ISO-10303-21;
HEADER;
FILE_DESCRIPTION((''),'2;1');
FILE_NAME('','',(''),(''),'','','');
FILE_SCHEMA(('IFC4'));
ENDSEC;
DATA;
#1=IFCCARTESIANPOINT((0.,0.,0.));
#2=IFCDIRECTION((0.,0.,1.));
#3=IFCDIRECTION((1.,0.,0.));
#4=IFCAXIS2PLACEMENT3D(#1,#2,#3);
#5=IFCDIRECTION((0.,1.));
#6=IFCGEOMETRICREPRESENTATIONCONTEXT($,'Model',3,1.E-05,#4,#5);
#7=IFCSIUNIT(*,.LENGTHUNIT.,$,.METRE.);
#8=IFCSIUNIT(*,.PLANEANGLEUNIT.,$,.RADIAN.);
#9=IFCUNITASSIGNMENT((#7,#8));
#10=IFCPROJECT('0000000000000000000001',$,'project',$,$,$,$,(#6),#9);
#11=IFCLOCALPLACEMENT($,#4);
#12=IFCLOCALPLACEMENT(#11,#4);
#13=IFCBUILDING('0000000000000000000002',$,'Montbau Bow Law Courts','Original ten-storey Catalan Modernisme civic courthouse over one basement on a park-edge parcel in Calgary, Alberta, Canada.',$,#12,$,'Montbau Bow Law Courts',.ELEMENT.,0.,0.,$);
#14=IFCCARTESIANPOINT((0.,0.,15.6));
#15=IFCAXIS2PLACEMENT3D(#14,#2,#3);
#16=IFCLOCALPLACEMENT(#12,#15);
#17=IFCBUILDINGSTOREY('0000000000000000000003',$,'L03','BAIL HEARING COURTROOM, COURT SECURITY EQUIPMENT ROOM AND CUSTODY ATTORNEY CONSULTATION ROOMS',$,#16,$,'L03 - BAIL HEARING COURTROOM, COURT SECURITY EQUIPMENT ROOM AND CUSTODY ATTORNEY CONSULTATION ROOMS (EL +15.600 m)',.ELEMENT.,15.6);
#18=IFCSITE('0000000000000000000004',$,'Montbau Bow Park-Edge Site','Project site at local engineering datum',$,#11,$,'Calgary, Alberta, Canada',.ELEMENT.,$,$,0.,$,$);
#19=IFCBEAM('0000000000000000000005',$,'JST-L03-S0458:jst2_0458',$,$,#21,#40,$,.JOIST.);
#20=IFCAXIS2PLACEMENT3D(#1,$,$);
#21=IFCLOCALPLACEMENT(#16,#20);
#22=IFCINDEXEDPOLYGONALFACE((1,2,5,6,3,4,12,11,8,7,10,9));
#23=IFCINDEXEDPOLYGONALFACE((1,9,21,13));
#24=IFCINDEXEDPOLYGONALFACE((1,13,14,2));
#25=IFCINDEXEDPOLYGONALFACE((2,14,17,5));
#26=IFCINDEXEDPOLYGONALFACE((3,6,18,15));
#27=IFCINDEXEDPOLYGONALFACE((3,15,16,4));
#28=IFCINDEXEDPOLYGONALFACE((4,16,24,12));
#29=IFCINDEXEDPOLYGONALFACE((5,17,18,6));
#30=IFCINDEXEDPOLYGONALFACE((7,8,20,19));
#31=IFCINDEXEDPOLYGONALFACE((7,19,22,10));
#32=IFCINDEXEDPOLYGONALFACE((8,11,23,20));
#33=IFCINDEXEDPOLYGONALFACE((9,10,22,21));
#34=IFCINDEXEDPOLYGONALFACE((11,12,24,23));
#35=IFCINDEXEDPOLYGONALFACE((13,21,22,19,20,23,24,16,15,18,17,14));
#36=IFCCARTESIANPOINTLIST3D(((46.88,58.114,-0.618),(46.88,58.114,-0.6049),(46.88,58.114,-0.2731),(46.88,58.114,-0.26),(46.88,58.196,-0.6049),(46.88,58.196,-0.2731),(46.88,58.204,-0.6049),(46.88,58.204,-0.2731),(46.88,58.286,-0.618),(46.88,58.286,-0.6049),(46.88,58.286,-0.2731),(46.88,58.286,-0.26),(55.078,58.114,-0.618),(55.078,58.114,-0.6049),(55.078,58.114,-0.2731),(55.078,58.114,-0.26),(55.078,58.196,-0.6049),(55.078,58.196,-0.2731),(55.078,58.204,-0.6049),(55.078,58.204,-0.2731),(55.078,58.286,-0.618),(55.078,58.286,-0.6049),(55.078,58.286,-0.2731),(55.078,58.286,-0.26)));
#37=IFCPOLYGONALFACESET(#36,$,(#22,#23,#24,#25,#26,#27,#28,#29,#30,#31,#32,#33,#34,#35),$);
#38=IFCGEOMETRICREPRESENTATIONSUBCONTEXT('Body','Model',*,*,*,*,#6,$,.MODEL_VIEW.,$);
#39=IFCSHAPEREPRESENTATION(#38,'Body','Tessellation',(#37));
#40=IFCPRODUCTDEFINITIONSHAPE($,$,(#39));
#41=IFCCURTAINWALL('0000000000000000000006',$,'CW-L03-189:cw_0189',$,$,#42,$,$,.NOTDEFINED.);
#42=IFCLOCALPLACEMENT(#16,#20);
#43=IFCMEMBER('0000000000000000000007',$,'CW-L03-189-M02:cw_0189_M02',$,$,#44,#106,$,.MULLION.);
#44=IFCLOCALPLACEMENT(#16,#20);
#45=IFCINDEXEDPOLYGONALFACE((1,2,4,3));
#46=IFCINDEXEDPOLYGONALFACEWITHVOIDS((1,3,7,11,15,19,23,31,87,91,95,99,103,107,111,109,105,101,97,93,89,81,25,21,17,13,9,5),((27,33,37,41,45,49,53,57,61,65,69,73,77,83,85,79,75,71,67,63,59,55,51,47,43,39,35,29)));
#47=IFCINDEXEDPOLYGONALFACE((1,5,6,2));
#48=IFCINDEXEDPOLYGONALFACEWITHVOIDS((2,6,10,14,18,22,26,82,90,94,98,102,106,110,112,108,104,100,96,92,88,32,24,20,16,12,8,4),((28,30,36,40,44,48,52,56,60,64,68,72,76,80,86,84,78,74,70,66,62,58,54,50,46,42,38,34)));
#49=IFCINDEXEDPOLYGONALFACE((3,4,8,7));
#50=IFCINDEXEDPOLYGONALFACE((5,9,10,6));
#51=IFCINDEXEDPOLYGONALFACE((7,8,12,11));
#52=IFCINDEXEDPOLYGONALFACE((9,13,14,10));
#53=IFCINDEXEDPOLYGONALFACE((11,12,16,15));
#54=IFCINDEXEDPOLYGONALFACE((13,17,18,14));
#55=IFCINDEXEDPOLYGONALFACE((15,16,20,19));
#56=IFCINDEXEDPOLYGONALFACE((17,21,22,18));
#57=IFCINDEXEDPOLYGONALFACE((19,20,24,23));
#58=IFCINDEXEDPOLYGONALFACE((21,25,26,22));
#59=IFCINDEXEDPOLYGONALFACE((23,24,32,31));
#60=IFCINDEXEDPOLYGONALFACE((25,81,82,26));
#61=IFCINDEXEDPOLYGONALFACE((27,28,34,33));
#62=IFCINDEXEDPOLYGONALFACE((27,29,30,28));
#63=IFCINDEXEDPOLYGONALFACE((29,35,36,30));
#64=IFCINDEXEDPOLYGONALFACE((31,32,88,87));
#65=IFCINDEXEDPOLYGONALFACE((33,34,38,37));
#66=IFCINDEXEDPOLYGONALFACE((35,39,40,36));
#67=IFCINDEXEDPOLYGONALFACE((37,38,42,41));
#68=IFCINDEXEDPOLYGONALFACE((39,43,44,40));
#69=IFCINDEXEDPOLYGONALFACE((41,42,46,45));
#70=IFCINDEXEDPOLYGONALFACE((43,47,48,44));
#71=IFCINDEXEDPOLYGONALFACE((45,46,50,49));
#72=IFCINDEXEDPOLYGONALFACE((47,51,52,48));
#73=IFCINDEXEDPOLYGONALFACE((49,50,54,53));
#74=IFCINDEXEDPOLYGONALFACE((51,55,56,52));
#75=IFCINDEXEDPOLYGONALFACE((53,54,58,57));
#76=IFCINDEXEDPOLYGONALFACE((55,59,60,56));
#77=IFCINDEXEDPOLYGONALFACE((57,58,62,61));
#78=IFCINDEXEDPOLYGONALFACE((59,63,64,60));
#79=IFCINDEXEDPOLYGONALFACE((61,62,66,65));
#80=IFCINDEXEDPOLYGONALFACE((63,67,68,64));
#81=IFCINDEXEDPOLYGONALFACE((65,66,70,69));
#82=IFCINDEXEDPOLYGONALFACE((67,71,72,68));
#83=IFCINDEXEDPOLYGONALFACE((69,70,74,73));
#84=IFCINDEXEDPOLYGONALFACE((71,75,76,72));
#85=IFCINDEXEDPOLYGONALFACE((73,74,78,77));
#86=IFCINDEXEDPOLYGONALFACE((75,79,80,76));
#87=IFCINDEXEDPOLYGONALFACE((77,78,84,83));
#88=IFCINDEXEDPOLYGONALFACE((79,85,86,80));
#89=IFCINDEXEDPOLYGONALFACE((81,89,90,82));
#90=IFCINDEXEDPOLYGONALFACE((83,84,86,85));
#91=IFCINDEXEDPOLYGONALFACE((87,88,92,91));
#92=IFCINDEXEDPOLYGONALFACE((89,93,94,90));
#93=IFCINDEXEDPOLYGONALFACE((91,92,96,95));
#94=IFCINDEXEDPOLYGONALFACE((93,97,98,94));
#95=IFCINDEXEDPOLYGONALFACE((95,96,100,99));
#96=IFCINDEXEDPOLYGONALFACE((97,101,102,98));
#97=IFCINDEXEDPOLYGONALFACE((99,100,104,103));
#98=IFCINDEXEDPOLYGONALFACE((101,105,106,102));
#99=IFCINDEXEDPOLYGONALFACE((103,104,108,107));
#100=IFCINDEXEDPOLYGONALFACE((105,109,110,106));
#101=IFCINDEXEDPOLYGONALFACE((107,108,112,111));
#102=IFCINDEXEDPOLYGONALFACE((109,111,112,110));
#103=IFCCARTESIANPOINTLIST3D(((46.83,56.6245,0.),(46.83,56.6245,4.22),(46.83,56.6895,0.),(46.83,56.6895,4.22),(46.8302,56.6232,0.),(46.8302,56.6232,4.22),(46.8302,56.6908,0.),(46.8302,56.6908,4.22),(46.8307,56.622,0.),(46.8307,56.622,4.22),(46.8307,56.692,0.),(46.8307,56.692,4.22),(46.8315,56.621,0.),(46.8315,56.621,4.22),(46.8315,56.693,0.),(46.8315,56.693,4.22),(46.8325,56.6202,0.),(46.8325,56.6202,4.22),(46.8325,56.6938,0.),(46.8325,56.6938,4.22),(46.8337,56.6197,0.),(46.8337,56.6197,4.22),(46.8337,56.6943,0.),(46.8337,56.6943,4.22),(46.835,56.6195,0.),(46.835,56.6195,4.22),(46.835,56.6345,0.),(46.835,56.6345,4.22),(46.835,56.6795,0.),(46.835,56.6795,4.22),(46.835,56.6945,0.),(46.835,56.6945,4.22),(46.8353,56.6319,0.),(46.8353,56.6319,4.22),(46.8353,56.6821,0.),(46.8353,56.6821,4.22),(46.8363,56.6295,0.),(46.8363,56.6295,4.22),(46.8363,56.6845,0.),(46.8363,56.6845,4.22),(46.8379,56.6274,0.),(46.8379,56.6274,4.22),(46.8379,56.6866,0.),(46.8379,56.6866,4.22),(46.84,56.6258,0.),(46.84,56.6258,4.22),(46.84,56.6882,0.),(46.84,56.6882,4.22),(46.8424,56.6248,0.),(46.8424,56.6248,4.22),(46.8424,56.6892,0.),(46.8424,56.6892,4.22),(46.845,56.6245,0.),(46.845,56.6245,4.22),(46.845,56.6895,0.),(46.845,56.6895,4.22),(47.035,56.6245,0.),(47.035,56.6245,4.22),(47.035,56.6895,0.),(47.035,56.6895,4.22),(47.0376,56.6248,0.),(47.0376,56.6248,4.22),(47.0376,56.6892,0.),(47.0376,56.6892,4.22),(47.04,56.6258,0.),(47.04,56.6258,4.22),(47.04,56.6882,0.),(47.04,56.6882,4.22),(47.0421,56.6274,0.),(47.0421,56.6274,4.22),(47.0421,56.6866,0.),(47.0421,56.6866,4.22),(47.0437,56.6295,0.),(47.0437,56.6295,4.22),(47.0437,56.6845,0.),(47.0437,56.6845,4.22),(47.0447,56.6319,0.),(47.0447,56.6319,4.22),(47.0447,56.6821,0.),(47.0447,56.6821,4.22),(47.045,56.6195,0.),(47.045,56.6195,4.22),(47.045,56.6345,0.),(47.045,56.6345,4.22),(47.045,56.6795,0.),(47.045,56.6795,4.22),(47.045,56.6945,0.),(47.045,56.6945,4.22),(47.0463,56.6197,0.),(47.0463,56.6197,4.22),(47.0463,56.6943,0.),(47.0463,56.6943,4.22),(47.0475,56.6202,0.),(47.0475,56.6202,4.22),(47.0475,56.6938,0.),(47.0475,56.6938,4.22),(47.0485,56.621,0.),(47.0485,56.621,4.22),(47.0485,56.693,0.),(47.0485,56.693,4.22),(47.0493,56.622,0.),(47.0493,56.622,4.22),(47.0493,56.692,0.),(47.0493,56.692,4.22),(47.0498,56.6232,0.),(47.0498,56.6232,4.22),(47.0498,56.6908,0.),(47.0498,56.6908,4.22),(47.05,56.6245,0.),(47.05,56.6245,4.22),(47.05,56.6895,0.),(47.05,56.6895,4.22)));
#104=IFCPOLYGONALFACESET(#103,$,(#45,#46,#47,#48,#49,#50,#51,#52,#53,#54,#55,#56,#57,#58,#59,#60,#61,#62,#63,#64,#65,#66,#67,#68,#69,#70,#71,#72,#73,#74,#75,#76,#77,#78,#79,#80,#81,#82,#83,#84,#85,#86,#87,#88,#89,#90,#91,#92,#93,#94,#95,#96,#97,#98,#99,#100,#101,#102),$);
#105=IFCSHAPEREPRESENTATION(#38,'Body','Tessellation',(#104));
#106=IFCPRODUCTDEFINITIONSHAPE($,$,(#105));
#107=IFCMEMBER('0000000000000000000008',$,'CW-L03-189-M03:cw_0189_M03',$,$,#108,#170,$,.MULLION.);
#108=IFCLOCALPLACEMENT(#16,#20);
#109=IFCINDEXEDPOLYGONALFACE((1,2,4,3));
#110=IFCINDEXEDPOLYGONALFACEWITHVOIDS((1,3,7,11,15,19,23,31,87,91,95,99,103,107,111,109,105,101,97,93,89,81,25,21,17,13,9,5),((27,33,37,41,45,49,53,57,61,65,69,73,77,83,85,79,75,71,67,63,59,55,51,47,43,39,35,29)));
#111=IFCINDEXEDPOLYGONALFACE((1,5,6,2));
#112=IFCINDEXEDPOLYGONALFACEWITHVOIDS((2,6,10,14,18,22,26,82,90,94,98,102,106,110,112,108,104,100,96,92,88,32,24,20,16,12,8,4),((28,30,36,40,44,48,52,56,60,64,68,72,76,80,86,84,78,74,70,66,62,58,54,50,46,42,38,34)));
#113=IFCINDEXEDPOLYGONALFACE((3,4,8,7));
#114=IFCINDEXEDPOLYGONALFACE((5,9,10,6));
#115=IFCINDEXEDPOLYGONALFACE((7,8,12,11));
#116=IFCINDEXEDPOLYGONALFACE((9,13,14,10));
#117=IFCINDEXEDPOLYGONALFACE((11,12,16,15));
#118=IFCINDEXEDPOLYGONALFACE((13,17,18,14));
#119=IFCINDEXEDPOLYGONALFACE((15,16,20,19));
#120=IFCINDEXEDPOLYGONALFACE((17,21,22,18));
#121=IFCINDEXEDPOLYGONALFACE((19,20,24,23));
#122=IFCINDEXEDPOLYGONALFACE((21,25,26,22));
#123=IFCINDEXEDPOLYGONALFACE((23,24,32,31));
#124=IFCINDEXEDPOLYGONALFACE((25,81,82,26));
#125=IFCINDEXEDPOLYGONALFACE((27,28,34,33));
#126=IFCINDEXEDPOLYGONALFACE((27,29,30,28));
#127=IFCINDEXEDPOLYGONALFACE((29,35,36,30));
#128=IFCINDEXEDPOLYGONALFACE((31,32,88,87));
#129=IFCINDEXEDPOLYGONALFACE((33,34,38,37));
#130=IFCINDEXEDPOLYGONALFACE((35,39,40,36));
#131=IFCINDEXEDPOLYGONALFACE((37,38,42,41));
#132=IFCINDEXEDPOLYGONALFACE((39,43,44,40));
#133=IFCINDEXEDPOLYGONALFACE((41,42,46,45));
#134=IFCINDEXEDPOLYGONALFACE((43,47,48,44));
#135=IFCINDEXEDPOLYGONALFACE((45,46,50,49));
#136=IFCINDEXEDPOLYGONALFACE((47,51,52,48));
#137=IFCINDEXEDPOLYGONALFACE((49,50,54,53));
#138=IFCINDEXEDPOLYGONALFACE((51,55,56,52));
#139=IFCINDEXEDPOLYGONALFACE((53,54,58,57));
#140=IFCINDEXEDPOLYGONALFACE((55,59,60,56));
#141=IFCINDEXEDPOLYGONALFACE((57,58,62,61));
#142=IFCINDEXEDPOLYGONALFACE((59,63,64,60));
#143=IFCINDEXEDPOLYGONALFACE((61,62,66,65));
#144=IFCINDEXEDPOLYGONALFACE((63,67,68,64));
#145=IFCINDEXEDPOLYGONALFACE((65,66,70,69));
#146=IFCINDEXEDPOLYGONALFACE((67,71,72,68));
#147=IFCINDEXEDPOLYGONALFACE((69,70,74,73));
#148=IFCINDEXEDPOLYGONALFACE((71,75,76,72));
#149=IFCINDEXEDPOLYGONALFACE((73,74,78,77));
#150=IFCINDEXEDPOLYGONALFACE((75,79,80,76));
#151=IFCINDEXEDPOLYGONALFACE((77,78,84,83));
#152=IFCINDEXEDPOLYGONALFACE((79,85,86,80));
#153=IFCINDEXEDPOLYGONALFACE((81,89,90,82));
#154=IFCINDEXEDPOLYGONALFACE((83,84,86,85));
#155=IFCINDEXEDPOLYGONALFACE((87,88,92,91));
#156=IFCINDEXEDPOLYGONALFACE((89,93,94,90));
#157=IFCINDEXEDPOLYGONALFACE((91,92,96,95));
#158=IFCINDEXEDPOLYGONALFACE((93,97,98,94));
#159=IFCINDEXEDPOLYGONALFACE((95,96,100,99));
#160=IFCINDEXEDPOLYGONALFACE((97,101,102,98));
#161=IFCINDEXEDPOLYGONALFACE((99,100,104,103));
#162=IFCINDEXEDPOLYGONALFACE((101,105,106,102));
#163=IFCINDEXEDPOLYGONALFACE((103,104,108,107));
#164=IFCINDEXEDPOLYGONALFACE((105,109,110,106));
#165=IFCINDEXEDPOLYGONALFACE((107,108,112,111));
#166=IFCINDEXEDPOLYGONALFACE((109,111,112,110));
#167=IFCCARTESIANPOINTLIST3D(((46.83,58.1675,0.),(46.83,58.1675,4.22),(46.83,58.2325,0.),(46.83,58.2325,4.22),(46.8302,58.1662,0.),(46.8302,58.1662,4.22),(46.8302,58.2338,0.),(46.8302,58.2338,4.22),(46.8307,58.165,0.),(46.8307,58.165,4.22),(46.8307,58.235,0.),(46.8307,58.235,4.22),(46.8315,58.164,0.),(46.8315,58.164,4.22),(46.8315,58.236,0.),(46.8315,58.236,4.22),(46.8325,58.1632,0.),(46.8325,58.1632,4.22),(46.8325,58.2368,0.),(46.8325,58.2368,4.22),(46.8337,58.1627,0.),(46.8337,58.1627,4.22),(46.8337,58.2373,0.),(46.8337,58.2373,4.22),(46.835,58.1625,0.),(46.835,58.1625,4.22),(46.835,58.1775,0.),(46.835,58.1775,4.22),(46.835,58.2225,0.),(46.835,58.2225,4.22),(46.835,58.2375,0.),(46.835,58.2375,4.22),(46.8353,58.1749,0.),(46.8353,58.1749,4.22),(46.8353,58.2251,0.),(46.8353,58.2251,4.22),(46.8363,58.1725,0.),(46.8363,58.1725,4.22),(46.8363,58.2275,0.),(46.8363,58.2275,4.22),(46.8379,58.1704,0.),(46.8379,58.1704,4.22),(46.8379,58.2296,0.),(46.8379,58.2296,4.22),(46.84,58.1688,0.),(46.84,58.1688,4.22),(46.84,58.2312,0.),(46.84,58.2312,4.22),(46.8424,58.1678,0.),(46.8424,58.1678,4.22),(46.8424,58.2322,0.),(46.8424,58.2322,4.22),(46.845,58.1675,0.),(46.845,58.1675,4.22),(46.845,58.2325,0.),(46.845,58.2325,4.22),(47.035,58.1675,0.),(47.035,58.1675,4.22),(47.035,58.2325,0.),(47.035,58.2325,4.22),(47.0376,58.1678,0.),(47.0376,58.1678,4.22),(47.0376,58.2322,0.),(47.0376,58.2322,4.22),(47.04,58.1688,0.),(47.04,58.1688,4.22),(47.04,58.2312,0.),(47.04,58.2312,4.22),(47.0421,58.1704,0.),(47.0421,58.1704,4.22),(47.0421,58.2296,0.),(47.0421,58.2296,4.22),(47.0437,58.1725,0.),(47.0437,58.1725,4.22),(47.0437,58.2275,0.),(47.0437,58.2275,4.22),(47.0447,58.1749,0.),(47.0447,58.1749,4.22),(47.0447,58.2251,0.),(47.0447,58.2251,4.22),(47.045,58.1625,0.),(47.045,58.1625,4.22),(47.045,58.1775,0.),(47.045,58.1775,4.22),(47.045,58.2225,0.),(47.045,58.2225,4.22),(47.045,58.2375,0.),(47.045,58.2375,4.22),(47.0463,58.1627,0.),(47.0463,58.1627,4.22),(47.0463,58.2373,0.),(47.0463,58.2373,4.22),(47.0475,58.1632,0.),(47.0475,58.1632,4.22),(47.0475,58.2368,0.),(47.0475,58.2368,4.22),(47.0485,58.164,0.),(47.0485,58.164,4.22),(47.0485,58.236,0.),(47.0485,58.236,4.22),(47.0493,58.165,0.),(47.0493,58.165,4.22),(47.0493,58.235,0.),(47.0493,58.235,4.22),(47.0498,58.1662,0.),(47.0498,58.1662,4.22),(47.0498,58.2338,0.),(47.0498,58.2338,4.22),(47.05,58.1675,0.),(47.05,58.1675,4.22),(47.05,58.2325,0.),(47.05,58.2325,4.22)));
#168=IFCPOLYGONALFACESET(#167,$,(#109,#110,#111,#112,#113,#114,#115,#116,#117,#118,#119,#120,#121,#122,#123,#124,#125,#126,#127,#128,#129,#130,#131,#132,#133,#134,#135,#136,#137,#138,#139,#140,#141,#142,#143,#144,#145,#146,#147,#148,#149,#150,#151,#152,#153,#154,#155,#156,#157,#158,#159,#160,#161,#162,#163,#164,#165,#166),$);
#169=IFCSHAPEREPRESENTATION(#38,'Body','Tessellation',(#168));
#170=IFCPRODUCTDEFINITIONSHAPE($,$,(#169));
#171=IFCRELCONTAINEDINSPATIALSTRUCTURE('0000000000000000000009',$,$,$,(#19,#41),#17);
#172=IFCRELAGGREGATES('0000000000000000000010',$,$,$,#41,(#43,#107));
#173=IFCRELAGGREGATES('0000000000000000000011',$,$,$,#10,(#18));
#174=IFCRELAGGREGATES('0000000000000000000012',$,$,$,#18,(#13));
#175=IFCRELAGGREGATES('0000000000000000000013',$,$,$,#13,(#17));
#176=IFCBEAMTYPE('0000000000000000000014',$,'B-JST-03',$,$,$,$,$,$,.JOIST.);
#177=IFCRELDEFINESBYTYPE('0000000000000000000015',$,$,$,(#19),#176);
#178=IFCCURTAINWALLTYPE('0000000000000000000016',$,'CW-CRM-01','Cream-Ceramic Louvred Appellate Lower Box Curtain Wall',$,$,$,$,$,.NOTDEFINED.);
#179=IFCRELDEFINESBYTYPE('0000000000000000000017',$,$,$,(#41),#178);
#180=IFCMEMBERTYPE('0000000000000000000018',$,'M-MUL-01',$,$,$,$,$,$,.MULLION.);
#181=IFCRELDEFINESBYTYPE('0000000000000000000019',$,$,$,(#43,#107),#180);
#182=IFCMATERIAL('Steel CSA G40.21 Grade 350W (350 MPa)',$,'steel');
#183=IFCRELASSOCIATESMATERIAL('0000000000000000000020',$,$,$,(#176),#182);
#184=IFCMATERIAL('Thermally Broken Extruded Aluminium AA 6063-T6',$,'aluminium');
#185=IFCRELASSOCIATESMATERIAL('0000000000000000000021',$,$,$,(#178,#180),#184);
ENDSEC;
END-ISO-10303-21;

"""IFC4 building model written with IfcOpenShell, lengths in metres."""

from ifc_helpers import new_model, si_unit, direction, frame, origin_with_axes, origin_2d_with_axis, place, context, subcontext, project, spatial, hollow_rectangle, i_section, extrude, material, material_profile, profile_set, type_object, element, aggregate, save


model = new_model("IFC4")

# Units and contexts
model_context = context("Model", 3, precision=1e-05, world=origin_with_axes(), true_north=direction((0.0, 1.0)))
body_context = subcontext(model_context, "Body", "Model", "MODEL_VIEW")
ifc_project = project(units=[si_unit("LENGTHUNIT", "METRE"), si_unit("PLANEANGLEUNIT", "RADIAN")], contexts=[model_context])

# Site, building, storey
site_placement = place(None, origin_with_axes())
site = spatial("IfcSite", under=ifc_project, at=site_placement, Name="Montbau Bow Park-Edge Site", Description="Project site at local engineering datum", LongName="Calgary, Alberta, Canada", CompositionType="ELEMENT", RefElevation=0.0)
building_placement = place(site_placement, origin_with_axes())
building = spatial("IfcBuilding", under=site, at=building_placement, Name="Montbau Bow Law Courts", Description="Original ten-storey Catalan Modernisme civic courthouse over one basement on a park-edge parcel in Calgary, Alberta, Canada.", LongName="Montbau Bow Law Courts", CompositionType="ELEMENT", ElevationOfRefHeight=0.0, ElevationOfTerrain=0.0)
storey_placement = place(building_placement, frame((0.0, 0.0, 15.6), z_axis=(0.0, 0.0, 1.0), x_axis=(1.0, 0.0, 0.0)))
storey = spatial("IfcBuildingStorey", under=building, at=storey_placement, Name="L03", Description="BAIL HEARING COURTROOM, COURT SECURITY EQUIPMENT ROOM AND CUSTODY ATTORNEY CONSULTATION ROOMS", LongName="L03 - BAIL HEARING COURTROOM, COURT SECURITY EQUIPMENT ROOM AND CUSTODY ATTORNEY CONSULTATION ROOMS (EL +15.600 m)", CompositionType="ELEMENT", Elevation=15.6)

# Beam
ifc_material_1 = material(Name="Steel CSA G40.21 Grade 350W (350 MPa)", Category="steel")
ifc_material_profile_1 = material_profile(ifc_material_1, i_section(OverallWidth=0.172, OverallDepth=0.358, WebThickness=0.0079, FlangeThickness=0.0131, at=origin_2d_with_axis()), Name="W360X57", Category="Main", Priority=0)
ifc_profile_set_1 = profile_set([ifc_material_profile_1], Name="Steel CSA G40.21 Grade 350W (350 MPa)")
beam_type = type_object("IfcBeamType", Name="B-JST-03", PredefinedType="JOIST", material=ifc_profile_set_1)
beam_placement = place(None, frame((46.88, 58.2, 15.161), z_axis=(1.0, 0.0, 0.0), x_axis=(0.0, 1.0, 0.0)))
element("IfcBeam", 1, at=beam_placement, inside=storey, type_object=beam_type, Name="JST-L03-S0458:jst2_0458", PredefinedType="JOIST", context=body_context, shape_type="SweptSolid", body=[
    extrude(i_section(OverallWidth=0.172, OverallDepth=0.358, WebThickness=0.0079, FlangeThickness=0.0131, at=origin_2d_with_axis()), origin_with_axes(), (0.0, 0.0, 1.0), 8.198),
])

# Curtain wall, members
ifc_material_2 = material(Name="Thermally Broken Extruded Aluminium AA 6063-T6", Category="aluminium")
curtain_wall_type = type_object("IfcCurtainWallType", Name="CW-CRM-01", Description="Cream-Ceramic Louvred Appellate Lower Box Curtain Wall", PredefinedType="NOTDEFINED", material=ifc_material_2)
curtain_wall_placement = place(None, frame((46.94, 55.115, 15.6), z_axis=(0.0, 0.0, 1.0), x_axis=(1.0, 0.0, 0.0)))
curtain_wall = element("IfcCurtainWall", 2, at=curtain_wall_placement, inside=storey, type_object=curtain_wall_type, Name="CW-L03-189:cw_0189", PredefinedType="NOTDEFINED")
ifc_material_profile_2 = material_profile(ifc_material_2, hollow_rectangle(XDim=0.075, YDim=0.22, WallThickness=0.005, InnerFilletRadius=0.01, OuterFilletRadius=0.005, at=origin_2d_with_axis()), Name="CWM-220X75", Category="Main", Priority=0)
ifc_profile_set_2 = profile_set([ifc_material_profile_2], Name="Thermally Broken Extruded Aluminium AA 6063-T6")
member_type_1 = type_object("IfcMemberType", Name="M-MUL-01", PredefinedType="MULLION", material=ifc_profile_set_2)
member_1_placement = place(None, frame((46.94, 56.657, 15.6), z_axis=(0.0, 0.0, 1.0), x_axis=(0.0, 1.0, 0.0)))
member_1 = element("IfcMember", 3, at=member_1_placement, type_object=member_type_1, Name="CW-L03-189-M02:cw_0189_M02", PredefinedType="MULLION", context=body_context, shape_type="SweptSolid", body=[
    extrude(hollow_rectangle(XDim=0.075, YDim=0.22, WallThickness=0.005, InnerFilletRadius=0.01, OuterFilletRadius=0.005, at=origin_2d_with_axis()), origin_with_axes(), (0.0, 0.0, 1.0), 4.22),
])
member_2_placement = place(None, frame((46.94, 58.2, 15.6), z_axis=(0.0, 0.0, 1.0), x_axis=(0.0, 1.0, 0.0)))
member_2 = element("IfcMember", 4, at=member_2_placement, type_object=member_type_1, Name="CW-L03-189-M03:cw_0189_M03", PredefinedType="MULLION", context=body_context, shape_type="SweptSolid", body=[
    extrude(hollow_rectangle(XDim=0.075, YDim=0.22, WallThickness=0.005, InnerFilletRadius=0.01, OuterFilletRadius=0.005, at=origin_2d_with_axis()), origin_with_axes(), (0.0, 0.0, 1.0), 4.22),
])
aggregate(curtain_wall, [member_1, member_2])

save(model, "model.ifc")
